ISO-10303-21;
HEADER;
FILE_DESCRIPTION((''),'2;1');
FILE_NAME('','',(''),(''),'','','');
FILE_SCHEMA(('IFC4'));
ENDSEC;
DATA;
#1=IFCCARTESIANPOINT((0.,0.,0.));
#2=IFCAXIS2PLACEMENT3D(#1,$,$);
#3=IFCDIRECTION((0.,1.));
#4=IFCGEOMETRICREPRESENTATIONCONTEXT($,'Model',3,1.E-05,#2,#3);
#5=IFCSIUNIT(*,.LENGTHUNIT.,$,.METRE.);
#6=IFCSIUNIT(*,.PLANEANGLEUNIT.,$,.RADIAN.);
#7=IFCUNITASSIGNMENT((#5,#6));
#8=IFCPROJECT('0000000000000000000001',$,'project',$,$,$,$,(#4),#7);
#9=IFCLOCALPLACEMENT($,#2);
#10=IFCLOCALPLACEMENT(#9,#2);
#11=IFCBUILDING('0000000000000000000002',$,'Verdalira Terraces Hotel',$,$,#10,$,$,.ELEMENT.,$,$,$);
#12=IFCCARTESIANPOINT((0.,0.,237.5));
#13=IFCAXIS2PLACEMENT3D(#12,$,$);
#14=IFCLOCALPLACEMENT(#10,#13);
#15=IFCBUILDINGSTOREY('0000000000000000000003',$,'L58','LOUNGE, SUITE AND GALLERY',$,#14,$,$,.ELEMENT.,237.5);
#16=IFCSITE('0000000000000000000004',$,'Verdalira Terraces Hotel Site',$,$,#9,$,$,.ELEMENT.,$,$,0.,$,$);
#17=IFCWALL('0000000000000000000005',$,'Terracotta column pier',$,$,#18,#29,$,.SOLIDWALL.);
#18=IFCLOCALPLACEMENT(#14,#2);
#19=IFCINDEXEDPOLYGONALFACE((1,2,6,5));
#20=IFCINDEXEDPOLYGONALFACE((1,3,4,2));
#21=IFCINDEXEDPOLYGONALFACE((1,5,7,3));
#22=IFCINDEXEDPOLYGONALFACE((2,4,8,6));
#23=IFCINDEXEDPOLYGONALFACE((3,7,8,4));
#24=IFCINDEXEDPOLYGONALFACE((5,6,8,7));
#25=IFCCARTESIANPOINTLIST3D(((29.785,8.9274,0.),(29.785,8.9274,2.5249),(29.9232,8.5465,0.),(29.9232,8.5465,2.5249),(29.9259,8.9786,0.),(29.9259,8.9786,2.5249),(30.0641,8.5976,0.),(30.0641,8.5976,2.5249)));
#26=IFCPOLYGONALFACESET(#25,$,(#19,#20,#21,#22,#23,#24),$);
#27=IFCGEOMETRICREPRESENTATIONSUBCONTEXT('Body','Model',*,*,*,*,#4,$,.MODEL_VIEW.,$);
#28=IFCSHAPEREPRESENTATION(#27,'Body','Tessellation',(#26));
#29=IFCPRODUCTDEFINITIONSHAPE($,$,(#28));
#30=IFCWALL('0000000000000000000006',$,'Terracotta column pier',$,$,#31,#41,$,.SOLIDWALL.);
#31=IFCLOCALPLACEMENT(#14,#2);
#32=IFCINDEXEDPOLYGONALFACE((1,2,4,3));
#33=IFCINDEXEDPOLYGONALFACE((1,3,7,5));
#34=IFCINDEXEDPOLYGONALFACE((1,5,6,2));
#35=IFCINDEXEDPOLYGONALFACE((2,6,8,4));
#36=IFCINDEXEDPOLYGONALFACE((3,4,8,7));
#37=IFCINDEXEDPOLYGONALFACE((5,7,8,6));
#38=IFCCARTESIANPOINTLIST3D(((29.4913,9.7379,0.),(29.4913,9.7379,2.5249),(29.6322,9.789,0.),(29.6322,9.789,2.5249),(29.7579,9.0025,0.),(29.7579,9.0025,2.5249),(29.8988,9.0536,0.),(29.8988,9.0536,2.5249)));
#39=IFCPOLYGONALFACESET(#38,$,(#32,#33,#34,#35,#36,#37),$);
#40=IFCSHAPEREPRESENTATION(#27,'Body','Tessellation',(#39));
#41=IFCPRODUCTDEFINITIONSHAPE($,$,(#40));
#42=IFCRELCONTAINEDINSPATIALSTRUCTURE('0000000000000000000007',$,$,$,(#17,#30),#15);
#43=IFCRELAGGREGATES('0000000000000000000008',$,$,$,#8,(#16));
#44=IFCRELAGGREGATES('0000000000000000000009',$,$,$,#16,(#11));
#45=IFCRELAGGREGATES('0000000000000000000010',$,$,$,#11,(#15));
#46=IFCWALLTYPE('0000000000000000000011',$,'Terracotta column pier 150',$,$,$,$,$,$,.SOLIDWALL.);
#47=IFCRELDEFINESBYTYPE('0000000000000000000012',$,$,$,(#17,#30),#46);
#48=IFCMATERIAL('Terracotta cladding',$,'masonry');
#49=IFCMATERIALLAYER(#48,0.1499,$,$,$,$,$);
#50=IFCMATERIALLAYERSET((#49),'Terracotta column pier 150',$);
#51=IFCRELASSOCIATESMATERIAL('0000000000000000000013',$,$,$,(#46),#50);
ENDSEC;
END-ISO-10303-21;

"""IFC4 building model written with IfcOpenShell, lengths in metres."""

from ifc_helpers import new_model, si_unit, direction, frame, frame_2d, origin, place, context, subcontext, project, spatial, rectangle, extrude, material, layer, layer_set, type_object, element, save


model = new_model("IFC4")

# Units and contexts
model_context = context("Model", 3, precision=1e-05, world=origin(), true_north=direction((0.0, 1.0)))
body_context = subcontext(model_context, "Body", "Model", "MODEL_VIEW")
ifc_project = project(units=[si_unit("LENGTHUNIT", "METRE"), si_unit("PLANEANGLEUNIT", "RADIAN")], contexts=[model_context])

# Site, building, storey
site_placement = place(None, origin())
site = spatial("IfcSite", under=ifc_project, at=site_placement, Name="Verdalira Terraces Hotel Site", CompositionType="ELEMENT", RefElevation=0.0)
building_placement = place(site_placement, origin())
building = spatial("IfcBuilding", under=site, at=building_placement, Name="Verdalira Terraces Hotel", CompositionType="ELEMENT")
storey_placement = place(building_placement, frame((0.0, 0.0, 237.5)))
storey = spatial("IfcBuildingStorey", under=building, at=storey_placement, Name="L58", Description="LOUNGE, SUITE AND GALLERY", CompositionType="ELEMENT", Elevation=237.5)

# Walls
ifc_material_1 = material(Name="Terracotta cladding", Category="masonry")
ifc_layer_1 = layer(ifc_material_1, 0.1499)
ifc_layer_set_1 = layer_set([ifc_layer_1], Name="Terracotta column pier 150")
wall_type_1 = type_object("IfcWallType", Name="Terracotta column pier 150", PredefinedType="SOLIDWALL", material=ifc_layer_set_1)
wall_1_placement = place(storey_placement, frame((29.9937, 8.572, 0.0), z_axis=(0.0, 0.0, 1.0), x_axis=(-0.341066, 0.940039, 0.0)))
element("IfcWall", 1, at=wall_1_placement, inside=storey, type_object=wall_type_1, Name="Terracotta column pier", PredefinedType="SOLIDWALL", context=body_context, shape_type="SweptSolid", body=[
    extrude(rectangle(XDim=0.4053, YDim=0.1499, at=frame_2d((0.2026, 0.0))), origin(), (0.0, 0.0, 1.0), 2.5249),
])
wall_2_placement = place(storey_placement, frame((29.8284, 9.0281, 0.0), z_axis=(0.0, 0.0, 1.0), x_axis=(-0.340841, 0.940121, 0.0)))
element("IfcWall", 2, at=wall_2_placement, inside=storey, type_object=wall_type_1, Name="Terracotta column pier", PredefinedType="SOLIDWALL", context=body_context, shape_type="SweptSolid", body=[
    extrude(rectangle(XDim=0.7822, YDim=0.1499, at=frame_2d((0.3911, 0.0))), origin(), (0.0, 0.0, 1.0), 2.5249),
])

save(model, "model.ifc")
